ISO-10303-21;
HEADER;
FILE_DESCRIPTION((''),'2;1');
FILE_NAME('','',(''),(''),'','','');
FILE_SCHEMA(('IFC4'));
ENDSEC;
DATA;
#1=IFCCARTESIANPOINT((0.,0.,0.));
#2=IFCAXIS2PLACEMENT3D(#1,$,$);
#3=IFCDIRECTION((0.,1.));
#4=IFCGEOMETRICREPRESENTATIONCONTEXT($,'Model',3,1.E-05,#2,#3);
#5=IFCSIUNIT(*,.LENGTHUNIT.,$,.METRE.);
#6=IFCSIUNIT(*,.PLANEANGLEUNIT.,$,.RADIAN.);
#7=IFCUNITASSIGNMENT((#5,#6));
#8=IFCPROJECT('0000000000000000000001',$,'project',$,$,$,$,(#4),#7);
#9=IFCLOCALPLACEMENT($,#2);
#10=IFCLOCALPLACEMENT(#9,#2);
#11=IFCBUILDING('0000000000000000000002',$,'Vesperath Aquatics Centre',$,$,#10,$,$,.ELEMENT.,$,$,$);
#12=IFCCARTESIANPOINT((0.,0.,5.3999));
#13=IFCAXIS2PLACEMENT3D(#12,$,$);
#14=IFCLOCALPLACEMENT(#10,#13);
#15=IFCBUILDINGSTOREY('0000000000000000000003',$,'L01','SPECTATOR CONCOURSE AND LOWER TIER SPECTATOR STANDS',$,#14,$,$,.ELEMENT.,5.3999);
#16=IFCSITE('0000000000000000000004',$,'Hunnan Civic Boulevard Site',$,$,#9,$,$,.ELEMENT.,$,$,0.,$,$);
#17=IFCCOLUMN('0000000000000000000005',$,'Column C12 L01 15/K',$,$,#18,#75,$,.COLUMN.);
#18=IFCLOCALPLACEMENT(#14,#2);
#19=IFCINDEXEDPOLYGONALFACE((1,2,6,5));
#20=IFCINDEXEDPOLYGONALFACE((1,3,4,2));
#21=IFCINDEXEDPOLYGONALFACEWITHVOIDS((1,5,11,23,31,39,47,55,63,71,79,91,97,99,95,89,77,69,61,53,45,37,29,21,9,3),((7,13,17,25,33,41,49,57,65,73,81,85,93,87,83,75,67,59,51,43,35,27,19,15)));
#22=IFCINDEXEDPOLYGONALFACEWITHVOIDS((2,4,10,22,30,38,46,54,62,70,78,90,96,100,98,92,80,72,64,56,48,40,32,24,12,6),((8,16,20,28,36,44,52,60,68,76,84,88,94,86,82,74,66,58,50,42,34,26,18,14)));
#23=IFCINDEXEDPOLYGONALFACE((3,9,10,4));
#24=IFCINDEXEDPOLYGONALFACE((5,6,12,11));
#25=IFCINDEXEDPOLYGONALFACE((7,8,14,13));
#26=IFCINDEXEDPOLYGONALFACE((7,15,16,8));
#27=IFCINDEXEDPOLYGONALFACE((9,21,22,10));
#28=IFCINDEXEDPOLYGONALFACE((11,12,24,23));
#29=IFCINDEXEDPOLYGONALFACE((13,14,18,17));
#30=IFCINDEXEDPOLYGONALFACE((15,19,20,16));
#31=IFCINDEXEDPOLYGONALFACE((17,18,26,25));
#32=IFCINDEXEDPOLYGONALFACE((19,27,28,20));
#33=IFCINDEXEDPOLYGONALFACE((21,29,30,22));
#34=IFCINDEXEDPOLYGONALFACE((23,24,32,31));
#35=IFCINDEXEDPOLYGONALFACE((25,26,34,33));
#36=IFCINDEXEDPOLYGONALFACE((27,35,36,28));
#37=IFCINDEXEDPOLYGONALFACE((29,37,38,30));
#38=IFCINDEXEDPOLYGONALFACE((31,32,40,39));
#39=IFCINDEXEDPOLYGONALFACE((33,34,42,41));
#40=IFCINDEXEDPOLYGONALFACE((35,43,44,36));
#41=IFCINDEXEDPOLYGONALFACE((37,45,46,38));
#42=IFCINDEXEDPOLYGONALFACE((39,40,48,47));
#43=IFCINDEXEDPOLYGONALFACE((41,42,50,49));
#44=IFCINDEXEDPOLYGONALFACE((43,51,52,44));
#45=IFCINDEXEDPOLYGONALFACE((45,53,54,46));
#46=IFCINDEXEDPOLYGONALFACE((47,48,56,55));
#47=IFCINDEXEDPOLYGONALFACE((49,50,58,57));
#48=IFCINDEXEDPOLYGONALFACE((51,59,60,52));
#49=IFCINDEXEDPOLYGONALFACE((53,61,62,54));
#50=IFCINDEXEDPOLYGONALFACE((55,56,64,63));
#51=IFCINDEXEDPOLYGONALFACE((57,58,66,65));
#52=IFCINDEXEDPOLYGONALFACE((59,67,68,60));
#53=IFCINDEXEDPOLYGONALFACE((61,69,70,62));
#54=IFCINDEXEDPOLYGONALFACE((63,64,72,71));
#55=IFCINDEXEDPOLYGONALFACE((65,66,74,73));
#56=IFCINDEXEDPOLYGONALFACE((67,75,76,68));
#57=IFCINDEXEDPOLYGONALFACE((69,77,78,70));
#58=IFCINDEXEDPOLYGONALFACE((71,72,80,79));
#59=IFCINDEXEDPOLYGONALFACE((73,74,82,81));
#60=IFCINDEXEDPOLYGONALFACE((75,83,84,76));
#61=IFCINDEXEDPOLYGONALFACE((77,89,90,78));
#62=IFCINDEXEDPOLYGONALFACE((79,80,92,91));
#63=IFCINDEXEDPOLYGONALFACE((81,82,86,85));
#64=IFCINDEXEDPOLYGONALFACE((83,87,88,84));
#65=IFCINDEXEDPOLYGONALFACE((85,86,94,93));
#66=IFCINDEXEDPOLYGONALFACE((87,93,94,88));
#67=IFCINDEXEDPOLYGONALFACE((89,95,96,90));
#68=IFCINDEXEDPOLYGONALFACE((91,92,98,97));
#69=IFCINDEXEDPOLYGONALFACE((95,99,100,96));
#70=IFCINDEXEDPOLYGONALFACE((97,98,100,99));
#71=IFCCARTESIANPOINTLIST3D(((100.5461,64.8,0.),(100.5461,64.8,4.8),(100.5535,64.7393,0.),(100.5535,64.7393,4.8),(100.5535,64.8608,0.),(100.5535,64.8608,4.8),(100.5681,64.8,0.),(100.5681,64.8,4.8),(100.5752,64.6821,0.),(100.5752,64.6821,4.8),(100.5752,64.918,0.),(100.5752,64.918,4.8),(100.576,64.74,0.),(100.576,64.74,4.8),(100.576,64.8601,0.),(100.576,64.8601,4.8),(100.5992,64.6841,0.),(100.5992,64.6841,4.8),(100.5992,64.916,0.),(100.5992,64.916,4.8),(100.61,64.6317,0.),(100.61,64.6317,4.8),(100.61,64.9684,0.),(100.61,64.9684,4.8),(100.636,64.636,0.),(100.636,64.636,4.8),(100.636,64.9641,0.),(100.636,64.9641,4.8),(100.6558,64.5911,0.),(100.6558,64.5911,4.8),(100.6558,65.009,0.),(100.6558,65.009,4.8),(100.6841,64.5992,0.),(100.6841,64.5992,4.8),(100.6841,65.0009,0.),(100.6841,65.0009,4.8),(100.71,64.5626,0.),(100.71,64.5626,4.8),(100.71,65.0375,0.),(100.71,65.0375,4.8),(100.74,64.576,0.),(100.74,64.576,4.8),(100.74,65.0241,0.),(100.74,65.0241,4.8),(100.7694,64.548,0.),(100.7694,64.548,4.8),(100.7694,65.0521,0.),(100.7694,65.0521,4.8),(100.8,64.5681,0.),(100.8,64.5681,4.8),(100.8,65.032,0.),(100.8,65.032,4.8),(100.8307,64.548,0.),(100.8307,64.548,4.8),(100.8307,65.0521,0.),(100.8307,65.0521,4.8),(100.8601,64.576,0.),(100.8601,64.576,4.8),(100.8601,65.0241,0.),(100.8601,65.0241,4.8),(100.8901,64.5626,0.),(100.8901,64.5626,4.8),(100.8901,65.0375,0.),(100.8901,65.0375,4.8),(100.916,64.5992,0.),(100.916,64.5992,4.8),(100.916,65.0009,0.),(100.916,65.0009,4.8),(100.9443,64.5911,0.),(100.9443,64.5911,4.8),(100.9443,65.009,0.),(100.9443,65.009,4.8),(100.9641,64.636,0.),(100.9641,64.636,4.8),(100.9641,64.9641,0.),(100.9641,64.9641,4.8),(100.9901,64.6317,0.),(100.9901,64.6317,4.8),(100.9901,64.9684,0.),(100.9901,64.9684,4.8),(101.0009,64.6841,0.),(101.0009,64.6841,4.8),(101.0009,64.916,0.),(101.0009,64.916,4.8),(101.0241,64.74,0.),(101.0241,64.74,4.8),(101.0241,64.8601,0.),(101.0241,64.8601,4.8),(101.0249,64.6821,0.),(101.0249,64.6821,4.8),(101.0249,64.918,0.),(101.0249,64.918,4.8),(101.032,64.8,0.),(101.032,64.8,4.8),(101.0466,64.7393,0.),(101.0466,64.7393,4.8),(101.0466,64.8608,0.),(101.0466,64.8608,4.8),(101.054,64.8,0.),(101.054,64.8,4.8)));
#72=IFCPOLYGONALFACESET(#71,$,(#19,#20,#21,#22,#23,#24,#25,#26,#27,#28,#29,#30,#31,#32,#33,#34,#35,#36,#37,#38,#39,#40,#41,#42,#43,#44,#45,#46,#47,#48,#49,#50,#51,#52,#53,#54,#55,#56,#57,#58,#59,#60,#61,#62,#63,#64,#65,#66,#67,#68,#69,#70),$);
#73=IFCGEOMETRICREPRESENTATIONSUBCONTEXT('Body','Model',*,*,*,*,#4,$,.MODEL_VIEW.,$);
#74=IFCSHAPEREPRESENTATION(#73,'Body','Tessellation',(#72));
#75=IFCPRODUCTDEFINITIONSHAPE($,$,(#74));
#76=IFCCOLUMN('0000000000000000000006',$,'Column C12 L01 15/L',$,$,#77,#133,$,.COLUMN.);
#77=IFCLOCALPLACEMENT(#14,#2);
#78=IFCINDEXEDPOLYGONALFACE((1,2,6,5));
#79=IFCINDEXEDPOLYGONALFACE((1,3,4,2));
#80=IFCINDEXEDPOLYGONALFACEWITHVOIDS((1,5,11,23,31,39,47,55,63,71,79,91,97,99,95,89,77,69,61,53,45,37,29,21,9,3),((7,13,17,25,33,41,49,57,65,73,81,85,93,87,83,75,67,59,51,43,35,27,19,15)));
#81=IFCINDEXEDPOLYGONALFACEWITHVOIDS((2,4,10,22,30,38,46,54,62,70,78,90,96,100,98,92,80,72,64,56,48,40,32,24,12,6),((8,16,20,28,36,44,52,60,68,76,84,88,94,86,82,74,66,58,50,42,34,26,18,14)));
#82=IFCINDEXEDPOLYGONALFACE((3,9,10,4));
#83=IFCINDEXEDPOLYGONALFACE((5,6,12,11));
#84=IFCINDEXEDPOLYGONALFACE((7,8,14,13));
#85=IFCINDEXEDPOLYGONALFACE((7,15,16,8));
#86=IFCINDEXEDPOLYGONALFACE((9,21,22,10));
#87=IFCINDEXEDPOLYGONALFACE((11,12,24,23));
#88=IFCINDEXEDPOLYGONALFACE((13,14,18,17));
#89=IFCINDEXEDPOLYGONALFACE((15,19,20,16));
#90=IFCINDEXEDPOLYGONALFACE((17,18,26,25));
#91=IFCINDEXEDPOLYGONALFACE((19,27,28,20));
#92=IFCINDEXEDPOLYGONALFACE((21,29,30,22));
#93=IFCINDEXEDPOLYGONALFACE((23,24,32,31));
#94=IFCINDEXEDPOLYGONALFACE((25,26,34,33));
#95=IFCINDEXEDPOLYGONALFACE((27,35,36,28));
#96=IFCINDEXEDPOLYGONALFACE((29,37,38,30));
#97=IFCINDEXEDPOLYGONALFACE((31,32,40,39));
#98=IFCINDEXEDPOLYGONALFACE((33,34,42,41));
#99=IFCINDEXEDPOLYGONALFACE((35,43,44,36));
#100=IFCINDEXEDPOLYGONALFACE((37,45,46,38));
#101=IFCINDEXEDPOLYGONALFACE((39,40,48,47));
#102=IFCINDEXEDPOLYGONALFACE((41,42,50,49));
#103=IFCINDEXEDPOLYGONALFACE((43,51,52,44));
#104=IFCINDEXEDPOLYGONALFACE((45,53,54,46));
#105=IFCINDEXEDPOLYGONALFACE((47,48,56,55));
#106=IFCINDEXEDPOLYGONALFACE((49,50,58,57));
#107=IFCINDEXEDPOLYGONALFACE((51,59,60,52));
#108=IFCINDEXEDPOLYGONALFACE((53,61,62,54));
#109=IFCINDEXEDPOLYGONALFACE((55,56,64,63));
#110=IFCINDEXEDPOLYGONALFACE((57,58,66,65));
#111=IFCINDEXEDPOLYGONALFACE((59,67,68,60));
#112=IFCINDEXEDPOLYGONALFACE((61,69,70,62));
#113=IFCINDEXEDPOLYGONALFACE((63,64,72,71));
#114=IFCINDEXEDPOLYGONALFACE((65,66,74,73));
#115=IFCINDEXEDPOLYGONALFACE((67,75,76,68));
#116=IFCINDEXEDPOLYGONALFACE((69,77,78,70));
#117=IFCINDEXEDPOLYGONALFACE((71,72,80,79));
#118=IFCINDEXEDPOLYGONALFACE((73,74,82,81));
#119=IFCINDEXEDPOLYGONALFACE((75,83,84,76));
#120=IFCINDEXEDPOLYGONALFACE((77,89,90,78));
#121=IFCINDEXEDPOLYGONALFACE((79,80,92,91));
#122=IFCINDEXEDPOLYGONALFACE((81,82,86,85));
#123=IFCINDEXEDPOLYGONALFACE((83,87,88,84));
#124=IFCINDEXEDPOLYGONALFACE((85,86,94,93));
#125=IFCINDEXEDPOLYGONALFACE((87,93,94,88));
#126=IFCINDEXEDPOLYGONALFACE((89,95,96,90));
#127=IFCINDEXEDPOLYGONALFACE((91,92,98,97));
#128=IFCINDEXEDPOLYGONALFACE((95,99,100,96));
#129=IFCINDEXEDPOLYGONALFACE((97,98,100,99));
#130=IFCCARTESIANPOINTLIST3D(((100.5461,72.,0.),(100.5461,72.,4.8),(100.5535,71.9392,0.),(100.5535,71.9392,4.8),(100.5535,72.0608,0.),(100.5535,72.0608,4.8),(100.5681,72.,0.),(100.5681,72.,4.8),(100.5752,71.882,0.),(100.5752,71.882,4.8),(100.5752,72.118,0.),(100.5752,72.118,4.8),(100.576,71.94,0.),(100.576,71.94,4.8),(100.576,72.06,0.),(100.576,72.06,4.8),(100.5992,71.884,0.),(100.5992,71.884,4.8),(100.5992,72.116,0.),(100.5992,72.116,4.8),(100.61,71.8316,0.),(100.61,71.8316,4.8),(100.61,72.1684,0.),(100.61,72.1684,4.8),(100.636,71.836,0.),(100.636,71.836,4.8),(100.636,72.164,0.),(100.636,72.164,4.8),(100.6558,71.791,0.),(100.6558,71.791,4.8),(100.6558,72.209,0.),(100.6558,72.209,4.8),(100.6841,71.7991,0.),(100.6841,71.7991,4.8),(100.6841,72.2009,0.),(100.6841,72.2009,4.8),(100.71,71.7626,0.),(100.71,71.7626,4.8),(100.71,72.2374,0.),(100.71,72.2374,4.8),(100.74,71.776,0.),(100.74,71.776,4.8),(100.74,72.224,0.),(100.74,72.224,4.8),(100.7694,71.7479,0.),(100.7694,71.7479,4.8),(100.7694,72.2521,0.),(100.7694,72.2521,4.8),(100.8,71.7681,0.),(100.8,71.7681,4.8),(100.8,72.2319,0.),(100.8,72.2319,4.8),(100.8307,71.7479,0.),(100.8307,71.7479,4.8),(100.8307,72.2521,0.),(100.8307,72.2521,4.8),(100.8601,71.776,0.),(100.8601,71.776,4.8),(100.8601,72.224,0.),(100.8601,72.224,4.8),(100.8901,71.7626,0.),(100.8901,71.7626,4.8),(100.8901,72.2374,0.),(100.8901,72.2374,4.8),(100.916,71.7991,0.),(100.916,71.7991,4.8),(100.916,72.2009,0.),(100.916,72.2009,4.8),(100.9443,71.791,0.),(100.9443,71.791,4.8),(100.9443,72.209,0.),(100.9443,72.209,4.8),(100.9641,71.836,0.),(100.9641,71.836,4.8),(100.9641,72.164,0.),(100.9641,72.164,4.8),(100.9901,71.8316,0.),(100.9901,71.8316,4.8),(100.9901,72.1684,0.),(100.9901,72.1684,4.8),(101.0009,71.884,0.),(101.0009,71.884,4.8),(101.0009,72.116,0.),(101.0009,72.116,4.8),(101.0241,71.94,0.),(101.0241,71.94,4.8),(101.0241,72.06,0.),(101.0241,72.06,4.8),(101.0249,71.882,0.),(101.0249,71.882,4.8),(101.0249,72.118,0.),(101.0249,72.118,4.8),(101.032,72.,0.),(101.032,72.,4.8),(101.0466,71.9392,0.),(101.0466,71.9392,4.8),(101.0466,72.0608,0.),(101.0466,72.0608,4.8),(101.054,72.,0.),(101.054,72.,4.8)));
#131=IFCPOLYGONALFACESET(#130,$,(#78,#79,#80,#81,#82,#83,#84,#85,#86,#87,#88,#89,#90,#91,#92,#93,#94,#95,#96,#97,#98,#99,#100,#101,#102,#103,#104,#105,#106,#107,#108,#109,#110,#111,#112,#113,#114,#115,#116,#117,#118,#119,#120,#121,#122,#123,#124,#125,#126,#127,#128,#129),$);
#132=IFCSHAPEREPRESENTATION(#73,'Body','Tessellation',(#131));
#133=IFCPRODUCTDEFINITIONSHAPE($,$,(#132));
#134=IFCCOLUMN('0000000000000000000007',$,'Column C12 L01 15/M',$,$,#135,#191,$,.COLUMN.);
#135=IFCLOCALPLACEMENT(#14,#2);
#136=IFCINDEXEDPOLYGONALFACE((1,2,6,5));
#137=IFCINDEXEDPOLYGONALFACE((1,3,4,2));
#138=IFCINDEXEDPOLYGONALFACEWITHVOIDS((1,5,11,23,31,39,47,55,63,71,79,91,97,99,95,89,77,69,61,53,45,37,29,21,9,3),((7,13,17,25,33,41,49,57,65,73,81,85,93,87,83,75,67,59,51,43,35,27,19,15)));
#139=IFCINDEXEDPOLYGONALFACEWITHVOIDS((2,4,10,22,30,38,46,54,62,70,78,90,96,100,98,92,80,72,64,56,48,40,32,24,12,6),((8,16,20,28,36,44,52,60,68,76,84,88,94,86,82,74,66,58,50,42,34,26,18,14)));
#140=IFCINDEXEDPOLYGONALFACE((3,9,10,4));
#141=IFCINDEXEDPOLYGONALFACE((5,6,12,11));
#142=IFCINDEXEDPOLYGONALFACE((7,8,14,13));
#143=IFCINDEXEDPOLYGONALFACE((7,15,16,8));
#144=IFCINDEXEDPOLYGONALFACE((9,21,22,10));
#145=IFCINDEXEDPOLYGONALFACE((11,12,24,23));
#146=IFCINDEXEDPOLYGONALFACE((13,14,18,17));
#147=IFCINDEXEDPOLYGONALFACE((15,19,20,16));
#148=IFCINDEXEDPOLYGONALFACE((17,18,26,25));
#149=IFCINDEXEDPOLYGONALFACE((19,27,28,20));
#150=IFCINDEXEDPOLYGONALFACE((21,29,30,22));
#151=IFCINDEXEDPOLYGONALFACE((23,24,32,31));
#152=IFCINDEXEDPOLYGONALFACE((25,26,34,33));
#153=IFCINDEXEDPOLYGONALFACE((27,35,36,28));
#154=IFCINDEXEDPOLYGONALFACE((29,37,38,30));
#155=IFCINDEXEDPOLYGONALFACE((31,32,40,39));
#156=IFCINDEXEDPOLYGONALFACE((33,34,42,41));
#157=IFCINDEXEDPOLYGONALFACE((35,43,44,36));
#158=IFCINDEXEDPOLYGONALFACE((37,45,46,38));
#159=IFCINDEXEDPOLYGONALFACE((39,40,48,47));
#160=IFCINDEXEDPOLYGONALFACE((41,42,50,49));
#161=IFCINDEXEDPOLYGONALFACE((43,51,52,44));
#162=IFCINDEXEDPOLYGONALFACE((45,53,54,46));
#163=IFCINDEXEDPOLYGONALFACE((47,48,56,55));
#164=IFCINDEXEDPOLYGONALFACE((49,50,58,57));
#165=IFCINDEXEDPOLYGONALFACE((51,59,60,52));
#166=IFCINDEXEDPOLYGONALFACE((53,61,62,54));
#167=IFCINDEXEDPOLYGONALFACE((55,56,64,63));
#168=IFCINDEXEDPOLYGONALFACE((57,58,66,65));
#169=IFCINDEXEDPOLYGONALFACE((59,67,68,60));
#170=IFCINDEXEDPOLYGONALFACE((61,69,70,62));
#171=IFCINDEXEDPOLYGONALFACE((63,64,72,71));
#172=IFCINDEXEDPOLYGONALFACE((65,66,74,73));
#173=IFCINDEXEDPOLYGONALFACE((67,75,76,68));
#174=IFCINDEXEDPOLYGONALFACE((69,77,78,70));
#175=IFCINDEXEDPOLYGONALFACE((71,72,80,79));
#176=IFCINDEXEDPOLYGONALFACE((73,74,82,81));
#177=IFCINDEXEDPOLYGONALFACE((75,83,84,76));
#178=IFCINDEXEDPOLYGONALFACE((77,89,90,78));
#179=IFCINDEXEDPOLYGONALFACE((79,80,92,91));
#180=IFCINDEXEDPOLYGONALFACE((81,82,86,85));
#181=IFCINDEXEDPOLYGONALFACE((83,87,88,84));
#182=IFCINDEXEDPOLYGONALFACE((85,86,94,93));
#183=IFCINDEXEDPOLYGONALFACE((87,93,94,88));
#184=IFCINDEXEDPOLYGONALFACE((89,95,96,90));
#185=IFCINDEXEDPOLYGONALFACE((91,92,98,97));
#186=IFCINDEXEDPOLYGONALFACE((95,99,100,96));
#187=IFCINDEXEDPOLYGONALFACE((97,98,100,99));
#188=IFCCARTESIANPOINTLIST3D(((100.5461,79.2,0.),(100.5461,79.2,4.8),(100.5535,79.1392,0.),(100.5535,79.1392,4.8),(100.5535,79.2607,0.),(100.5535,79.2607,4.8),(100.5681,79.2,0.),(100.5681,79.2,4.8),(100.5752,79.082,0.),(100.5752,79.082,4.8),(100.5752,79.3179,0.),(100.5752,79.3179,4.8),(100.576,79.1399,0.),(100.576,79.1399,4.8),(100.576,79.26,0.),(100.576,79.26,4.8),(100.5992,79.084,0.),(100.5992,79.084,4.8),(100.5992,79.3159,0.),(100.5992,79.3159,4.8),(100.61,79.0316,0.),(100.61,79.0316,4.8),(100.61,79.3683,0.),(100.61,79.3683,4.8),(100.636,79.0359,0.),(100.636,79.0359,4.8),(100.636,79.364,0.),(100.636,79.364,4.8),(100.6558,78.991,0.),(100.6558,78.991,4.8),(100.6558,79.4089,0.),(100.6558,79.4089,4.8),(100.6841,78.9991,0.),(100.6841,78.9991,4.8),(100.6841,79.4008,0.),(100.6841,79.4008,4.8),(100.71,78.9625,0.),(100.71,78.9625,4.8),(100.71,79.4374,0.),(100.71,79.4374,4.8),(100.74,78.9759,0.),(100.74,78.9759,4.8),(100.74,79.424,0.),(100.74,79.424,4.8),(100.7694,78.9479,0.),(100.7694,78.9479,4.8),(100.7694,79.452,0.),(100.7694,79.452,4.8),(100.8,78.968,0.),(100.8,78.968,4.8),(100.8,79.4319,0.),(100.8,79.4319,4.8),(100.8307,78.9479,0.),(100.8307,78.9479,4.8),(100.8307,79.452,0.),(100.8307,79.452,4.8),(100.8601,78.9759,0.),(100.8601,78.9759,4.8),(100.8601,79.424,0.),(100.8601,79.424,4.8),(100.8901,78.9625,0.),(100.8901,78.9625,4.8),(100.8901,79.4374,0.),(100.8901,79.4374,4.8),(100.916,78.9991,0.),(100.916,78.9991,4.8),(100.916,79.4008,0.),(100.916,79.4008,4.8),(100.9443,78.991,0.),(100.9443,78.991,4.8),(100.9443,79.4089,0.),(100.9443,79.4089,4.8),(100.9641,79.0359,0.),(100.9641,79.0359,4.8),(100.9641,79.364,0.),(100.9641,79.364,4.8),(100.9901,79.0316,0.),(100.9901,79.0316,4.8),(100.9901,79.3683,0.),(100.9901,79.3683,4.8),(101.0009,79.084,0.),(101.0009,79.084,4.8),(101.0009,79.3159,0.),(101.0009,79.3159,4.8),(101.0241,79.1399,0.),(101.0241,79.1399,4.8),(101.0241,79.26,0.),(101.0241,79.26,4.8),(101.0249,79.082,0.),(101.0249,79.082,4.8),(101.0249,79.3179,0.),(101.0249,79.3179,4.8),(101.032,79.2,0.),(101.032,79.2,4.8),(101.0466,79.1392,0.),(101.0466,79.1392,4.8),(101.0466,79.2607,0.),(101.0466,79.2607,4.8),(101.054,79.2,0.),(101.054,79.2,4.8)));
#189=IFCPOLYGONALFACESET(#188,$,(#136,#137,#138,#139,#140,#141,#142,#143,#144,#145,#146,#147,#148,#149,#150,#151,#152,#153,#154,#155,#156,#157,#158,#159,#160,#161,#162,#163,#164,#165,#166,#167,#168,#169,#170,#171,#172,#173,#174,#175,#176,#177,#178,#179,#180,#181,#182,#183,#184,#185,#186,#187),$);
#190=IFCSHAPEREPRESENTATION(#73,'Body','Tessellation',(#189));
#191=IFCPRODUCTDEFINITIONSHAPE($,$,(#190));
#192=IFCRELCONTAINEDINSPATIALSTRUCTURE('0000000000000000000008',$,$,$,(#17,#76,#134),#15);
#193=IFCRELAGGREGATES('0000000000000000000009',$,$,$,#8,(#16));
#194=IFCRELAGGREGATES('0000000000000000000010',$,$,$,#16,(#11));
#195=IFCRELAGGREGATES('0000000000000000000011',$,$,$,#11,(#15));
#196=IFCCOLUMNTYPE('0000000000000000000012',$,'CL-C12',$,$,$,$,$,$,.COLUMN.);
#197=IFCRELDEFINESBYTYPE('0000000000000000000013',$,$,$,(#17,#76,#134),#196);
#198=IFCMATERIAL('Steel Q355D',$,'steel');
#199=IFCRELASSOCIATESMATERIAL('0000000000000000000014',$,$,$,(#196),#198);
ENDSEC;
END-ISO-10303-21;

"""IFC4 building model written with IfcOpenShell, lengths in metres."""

from ifc_helpers import new_model, si_unit, direction, frame, origin, origin_2d, place, context, subcontext, project, spatial, hollow_circle, extrude, material, material_profile, profile_set, type_object, element, save


model = new_model("IFC4")

# Units and contexts
model_context = context("Model", 3, precision=1e-05, world=origin(), true_north=direction((0.0, 1.0)))
body_context = subcontext(model_context, "Body", "Model", "MODEL_VIEW")
ifc_project = project(units=[si_unit("LENGTHUNIT", "METRE"), si_unit("PLANEANGLEUNIT", "RADIAN")], contexts=[model_context])

# Site, building, storey
site_placement = place(None, origin())
site = spatial("IfcSite", under=ifc_project, at=site_placement, Name="Hunnan Civic Boulevard Site", CompositionType="ELEMENT", RefElevation=0.0)
building_placement = place(site_placement, origin())
building = spatial("IfcBuilding", under=site, at=building_placement, Name="Vesperath Aquatics Centre", CompositionType="ELEMENT")
storey_placement = place(building_placement, frame((0.0, 0.0, 5.3999)))
storey = spatial("IfcBuildingStorey", under=building, at=storey_placement, Name="L01", Description="SPECTATOR CONCOURSE AND LOWER TIER SPECTATOR STANDS", CompositionType="ELEMENT", Elevation=5.3999)

# Columns
ifc_material_1 = material(Name="Steel Q355D", Category="steel")
ifc_material_profile_1 = material_profile(ifc_material_1, hollow_circle(Radius=0.2539, WallThickness=0.022, at=origin_2d()), Name="CHS 508.0x22")
ifc_profile_set_1 = profile_set([ifc_material_profile_1], Name="Steel Q355D")
column_type = type_object("IfcColumnType", Name="CL-C12", PredefinedType="COLUMN", material=ifc_profile_set_1)
for number, where, z_axis, x_axis, name in (
    (1, (100.8, 64.8, 0.0), (0.0, 0.0, 1.0), (1.0, 0.0, 0.0), "Column C12 L01 15/K"),
    (2, (100.8, 72.0, 0.0), (0.0, 0.0, 1.0), (1.0, 0.0, 0.0), "Column C12 L01 15/L"),
    (3, (100.8, 79.2, 0.0), (0.0, 0.0, 1.0), (1.0, 0.0, 0.0), "Column C12 L01 15/M"),
):
    element("IfcColumn", number, at=place(storey_placement, frame(where, z_axis=z_axis, x_axis=x_axis)), inside=storey, type_object=column_type, Name=name, PredefinedType="COLUMN", context=body_context, shape_type="SweptSolid", body=[
        extrude(hollow_circle(Radius=0.2539, WallThickness=0.022, at=origin_2d()), origin(), (0.0, 0.0, 1.0), 4.8),
    ])

save(model, "model.ifc")
